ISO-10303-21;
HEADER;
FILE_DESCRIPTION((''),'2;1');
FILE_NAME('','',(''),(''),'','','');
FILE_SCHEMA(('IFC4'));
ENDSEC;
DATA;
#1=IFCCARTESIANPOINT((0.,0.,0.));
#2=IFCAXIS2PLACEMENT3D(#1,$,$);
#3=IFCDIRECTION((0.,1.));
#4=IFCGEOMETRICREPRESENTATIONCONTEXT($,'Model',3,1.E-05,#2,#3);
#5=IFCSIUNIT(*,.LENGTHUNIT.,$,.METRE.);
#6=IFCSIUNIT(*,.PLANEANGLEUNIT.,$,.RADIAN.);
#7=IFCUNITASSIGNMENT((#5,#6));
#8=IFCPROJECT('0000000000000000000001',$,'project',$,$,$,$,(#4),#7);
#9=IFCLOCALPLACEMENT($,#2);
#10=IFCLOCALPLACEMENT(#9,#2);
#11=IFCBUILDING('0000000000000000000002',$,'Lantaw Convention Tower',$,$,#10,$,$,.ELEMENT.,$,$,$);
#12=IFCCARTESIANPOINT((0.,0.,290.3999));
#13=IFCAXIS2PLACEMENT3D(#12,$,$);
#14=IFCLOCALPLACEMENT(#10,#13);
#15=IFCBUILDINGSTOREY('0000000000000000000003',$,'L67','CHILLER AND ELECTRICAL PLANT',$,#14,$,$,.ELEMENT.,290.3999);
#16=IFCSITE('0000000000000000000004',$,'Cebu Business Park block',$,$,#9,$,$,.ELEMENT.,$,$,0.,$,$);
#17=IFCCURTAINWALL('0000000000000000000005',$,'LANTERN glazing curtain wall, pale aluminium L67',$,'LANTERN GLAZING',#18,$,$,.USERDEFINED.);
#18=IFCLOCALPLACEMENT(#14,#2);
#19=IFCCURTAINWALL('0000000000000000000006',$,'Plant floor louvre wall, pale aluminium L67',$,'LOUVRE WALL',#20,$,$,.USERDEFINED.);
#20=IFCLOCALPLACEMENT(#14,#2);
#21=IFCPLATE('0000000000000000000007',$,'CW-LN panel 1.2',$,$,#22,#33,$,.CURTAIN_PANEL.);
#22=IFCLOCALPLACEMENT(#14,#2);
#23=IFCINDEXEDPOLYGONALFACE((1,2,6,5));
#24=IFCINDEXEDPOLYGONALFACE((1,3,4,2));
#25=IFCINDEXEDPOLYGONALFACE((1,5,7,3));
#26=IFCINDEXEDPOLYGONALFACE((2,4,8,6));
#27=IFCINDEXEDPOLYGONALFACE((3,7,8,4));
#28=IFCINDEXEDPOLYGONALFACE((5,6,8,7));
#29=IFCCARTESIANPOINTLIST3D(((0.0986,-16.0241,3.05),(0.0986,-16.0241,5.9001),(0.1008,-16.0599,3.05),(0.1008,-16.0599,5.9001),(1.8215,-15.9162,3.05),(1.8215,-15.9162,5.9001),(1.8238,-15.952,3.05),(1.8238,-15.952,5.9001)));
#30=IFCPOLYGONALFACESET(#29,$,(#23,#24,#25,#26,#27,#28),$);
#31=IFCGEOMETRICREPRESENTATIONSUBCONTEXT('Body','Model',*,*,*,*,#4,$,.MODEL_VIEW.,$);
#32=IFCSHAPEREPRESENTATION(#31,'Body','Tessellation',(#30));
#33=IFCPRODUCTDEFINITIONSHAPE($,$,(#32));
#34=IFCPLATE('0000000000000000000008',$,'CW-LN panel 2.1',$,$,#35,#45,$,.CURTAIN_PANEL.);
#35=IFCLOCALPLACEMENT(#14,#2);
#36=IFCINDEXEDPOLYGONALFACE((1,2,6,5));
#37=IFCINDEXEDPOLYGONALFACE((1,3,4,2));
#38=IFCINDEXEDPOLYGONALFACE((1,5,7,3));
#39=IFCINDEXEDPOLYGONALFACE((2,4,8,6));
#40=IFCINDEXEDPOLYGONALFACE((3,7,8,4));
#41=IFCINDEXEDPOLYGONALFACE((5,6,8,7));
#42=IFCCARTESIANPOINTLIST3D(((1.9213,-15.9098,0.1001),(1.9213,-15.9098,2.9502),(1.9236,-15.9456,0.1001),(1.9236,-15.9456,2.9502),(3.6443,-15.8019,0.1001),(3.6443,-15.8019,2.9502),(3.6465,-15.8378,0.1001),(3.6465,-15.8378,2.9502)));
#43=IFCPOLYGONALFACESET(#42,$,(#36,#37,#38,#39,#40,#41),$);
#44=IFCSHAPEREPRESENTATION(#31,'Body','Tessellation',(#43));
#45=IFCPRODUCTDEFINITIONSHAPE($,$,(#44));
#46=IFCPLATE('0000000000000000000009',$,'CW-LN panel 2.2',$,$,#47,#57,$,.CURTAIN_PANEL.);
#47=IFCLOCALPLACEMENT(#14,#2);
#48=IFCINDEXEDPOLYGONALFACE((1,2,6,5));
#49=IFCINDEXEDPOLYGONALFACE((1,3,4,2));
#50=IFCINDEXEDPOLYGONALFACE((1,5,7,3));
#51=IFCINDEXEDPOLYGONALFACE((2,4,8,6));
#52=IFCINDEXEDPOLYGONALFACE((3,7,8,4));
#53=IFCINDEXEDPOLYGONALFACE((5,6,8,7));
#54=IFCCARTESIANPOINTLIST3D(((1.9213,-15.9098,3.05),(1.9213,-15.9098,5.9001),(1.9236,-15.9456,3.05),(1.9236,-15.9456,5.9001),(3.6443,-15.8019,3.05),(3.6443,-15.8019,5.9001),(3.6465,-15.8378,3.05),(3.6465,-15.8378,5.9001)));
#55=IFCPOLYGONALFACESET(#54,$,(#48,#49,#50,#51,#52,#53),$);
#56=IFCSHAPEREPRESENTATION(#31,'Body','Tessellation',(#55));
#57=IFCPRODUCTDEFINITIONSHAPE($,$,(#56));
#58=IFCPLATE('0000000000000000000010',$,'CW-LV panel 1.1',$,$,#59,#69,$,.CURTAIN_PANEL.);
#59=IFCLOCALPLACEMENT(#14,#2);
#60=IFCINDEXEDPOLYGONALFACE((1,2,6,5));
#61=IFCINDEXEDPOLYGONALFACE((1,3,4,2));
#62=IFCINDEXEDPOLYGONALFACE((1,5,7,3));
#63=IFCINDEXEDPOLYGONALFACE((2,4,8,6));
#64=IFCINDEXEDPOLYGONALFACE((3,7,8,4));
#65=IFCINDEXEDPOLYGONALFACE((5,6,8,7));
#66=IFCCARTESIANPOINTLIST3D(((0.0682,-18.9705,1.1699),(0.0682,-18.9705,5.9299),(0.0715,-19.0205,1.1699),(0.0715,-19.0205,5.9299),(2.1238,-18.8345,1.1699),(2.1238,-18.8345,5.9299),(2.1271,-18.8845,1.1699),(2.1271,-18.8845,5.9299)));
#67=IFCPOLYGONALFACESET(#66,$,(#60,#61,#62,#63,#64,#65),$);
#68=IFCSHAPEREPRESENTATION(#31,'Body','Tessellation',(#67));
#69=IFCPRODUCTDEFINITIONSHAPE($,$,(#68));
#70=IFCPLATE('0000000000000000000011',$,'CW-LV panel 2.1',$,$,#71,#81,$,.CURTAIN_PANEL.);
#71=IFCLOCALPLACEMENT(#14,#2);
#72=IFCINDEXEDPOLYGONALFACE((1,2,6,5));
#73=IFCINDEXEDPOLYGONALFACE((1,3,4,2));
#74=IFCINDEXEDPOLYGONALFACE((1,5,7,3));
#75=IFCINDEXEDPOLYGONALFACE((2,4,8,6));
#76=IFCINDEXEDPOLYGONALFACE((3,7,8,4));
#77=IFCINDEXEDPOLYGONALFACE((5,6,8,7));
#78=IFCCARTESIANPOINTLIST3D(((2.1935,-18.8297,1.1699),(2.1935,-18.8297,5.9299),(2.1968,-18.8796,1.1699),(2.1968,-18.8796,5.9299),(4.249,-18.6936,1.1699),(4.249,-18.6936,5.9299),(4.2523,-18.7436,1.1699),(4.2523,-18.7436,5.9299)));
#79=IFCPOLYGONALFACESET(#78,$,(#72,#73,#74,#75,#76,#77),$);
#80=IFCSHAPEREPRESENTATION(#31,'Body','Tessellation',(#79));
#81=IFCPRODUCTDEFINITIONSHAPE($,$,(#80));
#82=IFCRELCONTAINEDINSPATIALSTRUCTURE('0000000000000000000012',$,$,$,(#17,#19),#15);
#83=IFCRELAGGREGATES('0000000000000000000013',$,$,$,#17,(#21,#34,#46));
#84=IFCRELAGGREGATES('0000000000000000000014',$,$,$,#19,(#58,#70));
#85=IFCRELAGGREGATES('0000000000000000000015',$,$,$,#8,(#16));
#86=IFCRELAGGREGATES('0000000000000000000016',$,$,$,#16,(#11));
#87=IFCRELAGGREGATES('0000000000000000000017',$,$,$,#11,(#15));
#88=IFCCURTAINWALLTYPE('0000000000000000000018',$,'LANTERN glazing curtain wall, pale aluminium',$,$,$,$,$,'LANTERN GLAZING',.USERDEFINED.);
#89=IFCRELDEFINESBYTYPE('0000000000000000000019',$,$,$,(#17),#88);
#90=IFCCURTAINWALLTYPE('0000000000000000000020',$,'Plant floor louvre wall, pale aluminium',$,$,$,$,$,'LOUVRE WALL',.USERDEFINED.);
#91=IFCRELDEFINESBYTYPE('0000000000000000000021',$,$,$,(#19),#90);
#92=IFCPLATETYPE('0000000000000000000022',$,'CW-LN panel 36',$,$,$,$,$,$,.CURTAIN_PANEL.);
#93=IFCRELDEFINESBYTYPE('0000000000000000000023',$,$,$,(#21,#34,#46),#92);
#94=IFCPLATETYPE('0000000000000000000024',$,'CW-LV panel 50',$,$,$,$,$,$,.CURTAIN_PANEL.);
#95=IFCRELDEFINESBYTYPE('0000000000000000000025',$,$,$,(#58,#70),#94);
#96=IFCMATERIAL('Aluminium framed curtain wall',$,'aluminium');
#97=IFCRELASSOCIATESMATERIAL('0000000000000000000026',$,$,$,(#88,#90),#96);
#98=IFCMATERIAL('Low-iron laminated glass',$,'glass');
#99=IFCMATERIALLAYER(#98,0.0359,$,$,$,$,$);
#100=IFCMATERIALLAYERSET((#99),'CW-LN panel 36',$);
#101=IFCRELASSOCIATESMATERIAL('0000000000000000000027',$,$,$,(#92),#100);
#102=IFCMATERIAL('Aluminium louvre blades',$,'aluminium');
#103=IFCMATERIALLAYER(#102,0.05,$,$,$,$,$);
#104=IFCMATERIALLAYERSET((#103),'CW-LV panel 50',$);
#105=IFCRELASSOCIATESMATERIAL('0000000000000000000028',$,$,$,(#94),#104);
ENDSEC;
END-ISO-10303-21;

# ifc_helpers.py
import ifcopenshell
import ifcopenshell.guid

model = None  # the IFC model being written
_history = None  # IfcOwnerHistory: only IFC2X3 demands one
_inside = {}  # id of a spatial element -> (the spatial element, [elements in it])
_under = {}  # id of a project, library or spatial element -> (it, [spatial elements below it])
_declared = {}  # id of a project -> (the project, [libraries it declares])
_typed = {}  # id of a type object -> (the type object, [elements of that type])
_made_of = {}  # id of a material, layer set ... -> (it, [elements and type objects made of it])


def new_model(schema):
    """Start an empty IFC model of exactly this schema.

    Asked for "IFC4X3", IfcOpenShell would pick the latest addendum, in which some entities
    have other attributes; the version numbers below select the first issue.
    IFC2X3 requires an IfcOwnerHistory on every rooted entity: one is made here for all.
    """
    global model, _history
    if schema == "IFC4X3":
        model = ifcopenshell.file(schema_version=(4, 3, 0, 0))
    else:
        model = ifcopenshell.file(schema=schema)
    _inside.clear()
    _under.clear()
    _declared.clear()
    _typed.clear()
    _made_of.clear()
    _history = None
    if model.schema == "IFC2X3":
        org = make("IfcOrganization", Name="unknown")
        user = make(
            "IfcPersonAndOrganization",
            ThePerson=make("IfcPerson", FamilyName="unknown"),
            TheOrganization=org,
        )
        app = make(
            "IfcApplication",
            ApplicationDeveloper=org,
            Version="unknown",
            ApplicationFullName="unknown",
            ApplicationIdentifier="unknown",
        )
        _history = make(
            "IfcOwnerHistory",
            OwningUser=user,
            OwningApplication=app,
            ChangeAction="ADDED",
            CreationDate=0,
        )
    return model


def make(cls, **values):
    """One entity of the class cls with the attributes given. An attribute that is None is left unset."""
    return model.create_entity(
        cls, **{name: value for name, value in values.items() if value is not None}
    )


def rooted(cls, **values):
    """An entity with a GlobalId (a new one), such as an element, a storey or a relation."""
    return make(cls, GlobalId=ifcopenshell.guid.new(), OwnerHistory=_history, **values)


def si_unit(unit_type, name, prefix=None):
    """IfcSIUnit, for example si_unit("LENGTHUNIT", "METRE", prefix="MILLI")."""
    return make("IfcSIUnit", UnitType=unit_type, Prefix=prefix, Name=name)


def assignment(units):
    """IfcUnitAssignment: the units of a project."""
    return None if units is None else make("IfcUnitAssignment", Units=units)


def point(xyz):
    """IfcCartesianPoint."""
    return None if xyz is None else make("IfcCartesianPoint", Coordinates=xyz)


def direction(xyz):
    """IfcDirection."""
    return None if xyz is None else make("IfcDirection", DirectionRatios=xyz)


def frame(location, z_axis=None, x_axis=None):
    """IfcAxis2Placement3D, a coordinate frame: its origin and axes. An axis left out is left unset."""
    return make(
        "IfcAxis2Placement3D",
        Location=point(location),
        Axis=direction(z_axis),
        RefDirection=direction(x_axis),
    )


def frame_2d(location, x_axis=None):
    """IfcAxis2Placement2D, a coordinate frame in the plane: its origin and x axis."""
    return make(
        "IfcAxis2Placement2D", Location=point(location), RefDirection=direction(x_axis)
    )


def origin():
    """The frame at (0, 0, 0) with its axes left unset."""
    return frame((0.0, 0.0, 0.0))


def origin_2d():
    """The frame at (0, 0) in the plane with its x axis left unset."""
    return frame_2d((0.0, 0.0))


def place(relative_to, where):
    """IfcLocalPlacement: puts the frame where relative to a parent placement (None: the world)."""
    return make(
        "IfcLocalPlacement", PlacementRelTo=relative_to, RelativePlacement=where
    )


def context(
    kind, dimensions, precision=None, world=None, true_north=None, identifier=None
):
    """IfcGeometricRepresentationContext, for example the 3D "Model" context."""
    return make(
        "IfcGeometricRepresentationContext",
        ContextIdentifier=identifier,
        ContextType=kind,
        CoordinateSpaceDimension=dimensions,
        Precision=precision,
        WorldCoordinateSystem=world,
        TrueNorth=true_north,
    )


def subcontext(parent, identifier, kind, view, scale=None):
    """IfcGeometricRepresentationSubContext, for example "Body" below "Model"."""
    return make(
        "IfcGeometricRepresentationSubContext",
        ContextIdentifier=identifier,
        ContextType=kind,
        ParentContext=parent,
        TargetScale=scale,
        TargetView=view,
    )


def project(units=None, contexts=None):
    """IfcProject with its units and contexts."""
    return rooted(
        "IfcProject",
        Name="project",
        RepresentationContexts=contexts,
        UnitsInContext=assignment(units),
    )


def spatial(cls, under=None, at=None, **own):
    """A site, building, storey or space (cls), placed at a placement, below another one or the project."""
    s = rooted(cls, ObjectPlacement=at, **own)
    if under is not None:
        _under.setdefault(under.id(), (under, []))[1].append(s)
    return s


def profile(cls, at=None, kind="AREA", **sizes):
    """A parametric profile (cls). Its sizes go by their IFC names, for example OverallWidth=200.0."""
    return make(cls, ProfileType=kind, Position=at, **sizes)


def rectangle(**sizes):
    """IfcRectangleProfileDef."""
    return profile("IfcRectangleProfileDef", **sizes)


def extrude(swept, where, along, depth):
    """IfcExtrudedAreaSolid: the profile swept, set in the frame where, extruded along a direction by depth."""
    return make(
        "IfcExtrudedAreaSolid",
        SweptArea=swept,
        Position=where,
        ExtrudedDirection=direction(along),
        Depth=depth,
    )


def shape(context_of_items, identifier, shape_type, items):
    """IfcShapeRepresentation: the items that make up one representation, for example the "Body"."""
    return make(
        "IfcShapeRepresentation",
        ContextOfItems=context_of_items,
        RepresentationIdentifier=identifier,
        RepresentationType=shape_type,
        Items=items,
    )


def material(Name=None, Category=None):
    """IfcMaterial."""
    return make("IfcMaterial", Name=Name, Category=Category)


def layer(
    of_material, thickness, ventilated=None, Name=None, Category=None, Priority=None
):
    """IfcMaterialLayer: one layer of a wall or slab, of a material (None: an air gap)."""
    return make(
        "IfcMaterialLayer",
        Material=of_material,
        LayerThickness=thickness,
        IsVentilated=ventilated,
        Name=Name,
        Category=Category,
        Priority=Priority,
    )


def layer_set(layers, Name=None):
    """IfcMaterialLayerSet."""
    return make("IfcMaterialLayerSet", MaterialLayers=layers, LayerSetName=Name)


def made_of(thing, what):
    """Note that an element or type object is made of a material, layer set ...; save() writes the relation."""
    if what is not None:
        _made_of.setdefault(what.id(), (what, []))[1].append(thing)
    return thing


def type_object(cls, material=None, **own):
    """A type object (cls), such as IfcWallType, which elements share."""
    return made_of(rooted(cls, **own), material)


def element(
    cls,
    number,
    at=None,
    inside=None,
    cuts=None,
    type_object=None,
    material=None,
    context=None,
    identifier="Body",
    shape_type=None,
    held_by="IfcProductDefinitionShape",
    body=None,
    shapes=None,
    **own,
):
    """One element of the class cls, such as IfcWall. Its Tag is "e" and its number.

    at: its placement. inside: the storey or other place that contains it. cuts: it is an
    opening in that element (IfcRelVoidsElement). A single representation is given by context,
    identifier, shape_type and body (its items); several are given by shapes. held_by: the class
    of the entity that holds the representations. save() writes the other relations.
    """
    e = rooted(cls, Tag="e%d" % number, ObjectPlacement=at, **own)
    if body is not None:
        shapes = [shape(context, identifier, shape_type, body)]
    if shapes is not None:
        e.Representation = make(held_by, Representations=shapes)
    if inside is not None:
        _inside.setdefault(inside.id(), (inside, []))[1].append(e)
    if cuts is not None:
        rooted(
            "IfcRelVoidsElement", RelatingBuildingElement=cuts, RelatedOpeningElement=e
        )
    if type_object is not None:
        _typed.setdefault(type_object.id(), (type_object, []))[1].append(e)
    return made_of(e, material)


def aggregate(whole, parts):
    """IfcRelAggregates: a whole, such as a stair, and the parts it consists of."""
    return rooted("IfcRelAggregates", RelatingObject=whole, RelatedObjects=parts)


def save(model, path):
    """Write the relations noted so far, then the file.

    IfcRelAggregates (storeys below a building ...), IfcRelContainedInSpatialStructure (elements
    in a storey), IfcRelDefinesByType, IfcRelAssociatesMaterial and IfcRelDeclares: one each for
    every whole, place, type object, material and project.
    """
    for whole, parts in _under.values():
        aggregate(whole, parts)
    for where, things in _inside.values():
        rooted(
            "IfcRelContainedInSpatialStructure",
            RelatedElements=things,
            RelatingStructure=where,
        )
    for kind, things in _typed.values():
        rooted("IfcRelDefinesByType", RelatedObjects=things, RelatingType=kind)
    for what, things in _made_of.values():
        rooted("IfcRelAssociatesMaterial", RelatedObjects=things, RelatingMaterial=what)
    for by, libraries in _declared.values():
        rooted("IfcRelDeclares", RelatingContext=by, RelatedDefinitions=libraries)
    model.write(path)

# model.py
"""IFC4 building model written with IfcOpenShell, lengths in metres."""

from ifc_helpers import new_model, si_unit, direction, frame, origin, origin_2d, place, context, subcontext, project, spatial, rectangle, extrude, material, layer, layer_set, type_object, element, aggregate, save


model = new_model("IFC4")

# Units and contexts
model_context = context("Model", 3, precision=1e-05, world=origin(), true_north=direction((0.0, 1.0)))
body_context = subcontext(model_context, "Body", "Model", "MODEL_VIEW")
ifc_project = project(units=[si_unit("LENGTHUNIT", "METRE"), si_unit("PLANEANGLEUNIT", "RADIAN")], contexts=[model_context])

# Site, building, storey
site_placement = place(None, origin())
site = spatial("IfcSite", under=ifc_project, at=site_placement, Name="Cebu Business Park block", CompositionType="ELEMENT", RefElevation=0.0)
building_placement = place(site_placement, origin())
building = spatial("IfcBuilding", under=site, at=building_placement, Name="Lantaw Convention Tower", CompositionType="ELEMENT")
storey_placement = place(building_placement, frame((0.0, 0.0, 290.3999)))
storey = spatial("IfcBuildingStorey", under=building, at=storey_placement, Name="L67", Description="CHILLER AND ELECTRICAL PLANT", CompositionType="ELEMENT", Elevation=290.3999)

# Curtain wall
ifc_material_1 = material(Name="Aluminium framed curtain wall", Category="aluminium")
curtain_wall_type_1 = type_object("IfcCurtainWallType", Name="LANTERN glazing curtain wall, pale aluminium", ElementType="LANTERN GLAZING", PredefinedType="USERDEFINED", material=ifc_material_1)
curtain_wall_1_placement = place(storey_placement, origin())
curtain_wall_1 = element("IfcCurtainWall", 1, at=curtain_wall_1_placement, inside=storey, type_object=curtain_wall_type_1, Name="LANTERN glazing curtain wall, pale aluminium L67", ObjectType="LANTERN GLAZING", PredefinedType="USERDEFINED")

# Curtain wall
curtain_wall_type_2 = type_object("IfcCurtainWallType", Name="Plant floor louvre wall, pale aluminium", ElementType="LOUVRE WALL", PredefinedType="USERDEFINED", material=ifc_material_1)
curtain_wall_2_placement = place(storey_placement, origin())
curtain_wall_2 = element("IfcCurtainWall", 2, at=curtain_wall_2_placement, inside=storey, type_object=curtain_wall_type_2, Name="Plant floor louvre wall, pale aluminium L67", ObjectType="LOUVRE WALL", PredefinedType="USERDEFINED")

# Plates
ifc_material_2 = material(Name="Low-iron laminated glass", Category="glass")
ifc_layer_1 = layer(ifc_material_2, 0.0359)
ifc_layer_set_1 = layer_set([ifc_layer_1], Name="CW-LN panel 36")
plate_type_1 = type_object("IfcPlateType", Name="CW-LN panel 36", PredefinedType="CURTAIN_PANEL", material=ifc_layer_set_1)
plate_1_placement = place(storey_placement, frame((0.9612, -15.988, 3.05), z_axis=(0.0, 0.0, 1.0), x_axis=(0.998046, 0.062489, 0.0)))
plate_1 = element("IfcPlate", 3, at=plate_1_placement, type_object=plate_type_1, Name="CW-LN panel 1.2", PredefinedType="CURTAIN_PANEL", context=body_context, shape_type="SweptSolid", body=[
    extrude(rectangle(XDim=1.7263, YDim=0.0359, at=origin_2d()), origin(), (0.0, 0.0, 1.0), 2.8501),
])
plate_2_placement = place(storey_placement, frame((2.7839, -15.8738, 0.1001), z_axis=(0.0, 0.0, 1.0), x_axis=(0.998046, 0.062489, 0.0)))
plate_2 = element("IfcPlate", 4, at=plate_2_placement, type_object=plate_type_1, Name="CW-LN panel 2.1", PredefinedType="CURTAIN_PANEL", context=body_context, shape_type="SweptSolid", body=[
    extrude(rectangle(XDim=1.7263, YDim=0.0359, at=origin_2d()), origin(), (0.0, 0.0, 1.0), 2.8501),
])
plate_3_placement = place(storey_placement, frame((2.7839, -15.8738, 3.05), z_axis=(0.0, 0.0, 1.0), x_axis=(0.998046, 0.062489, 0.0)))
plate_3 = element("IfcPlate", 5, at=plate_3_placement, type_object=plate_type_1, Name="CW-LN panel 2.2", PredefinedType="CURTAIN_PANEL", context=body_context, shape_type="SweptSolid", body=[
    extrude(rectangle(XDim=1.7263, YDim=0.0359, at=origin_2d()), origin(), (0.0, 0.0, 1.0), 2.8501),
])
aggregate(curtain_wall_1, [plate_1, plate_2, plate_3])
ifc_material_3 = material(Name="Aluminium louvre blades", Category="aluminium")
ifc_layer_2 = layer(ifc_material_3, 0.05)
ifc_layer_set_2 = layer_set([ifc_layer_2], Name="CW-LV panel 50")
plate_type_2 = type_object("IfcPlateType", Name="CW-LV panel 50", PredefinedType="CURTAIN_PANEL", material=ifc_layer_set_2)
plate_4_placement = place(storey_placement, frame((1.0977, -18.9275, 1.1699), z_axis=(0.0, 0.0, 1.0), x_axis=(0.997818, 0.066025, 0.0)))
plate_4 = element("IfcPlate", 6, at=plate_4_placement, type_object=plate_type_2, Name="CW-LV panel 1.1", PredefinedType="CURTAIN_PANEL", context=body_context, shape_type="SweptSolid", body=[
    extrude(rectangle(XDim=2.0601, YDim=0.05, at=origin_2d()), origin(), (0.0, 0.0, 1.0), 4.76),
])
plate_5_placement = place(storey_placement, frame((3.2229, -18.7866, 1.1699), z_axis=(0.0, 0.0, 1.0), x_axis=(0.997818, 0.066025, 0.0)))
plate_5 = element("IfcPlate", 7, at=plate_5_placement, type_object=plate_type_2, Name="CW-LV panel 2.1", PredefinedType="CURTAIN_PANEL", context=body_context, shape_type="SweptSolid", body=[
    extrude(rectangle(XDim=2.0601, YDim=0.05, at=origin_2d()), origin(), (0.0, 0.0, 1.0), 4.76),
])
aggregate(curtain_wall_2, [plate_4, plate_5])

save(model, "model.ifc")
